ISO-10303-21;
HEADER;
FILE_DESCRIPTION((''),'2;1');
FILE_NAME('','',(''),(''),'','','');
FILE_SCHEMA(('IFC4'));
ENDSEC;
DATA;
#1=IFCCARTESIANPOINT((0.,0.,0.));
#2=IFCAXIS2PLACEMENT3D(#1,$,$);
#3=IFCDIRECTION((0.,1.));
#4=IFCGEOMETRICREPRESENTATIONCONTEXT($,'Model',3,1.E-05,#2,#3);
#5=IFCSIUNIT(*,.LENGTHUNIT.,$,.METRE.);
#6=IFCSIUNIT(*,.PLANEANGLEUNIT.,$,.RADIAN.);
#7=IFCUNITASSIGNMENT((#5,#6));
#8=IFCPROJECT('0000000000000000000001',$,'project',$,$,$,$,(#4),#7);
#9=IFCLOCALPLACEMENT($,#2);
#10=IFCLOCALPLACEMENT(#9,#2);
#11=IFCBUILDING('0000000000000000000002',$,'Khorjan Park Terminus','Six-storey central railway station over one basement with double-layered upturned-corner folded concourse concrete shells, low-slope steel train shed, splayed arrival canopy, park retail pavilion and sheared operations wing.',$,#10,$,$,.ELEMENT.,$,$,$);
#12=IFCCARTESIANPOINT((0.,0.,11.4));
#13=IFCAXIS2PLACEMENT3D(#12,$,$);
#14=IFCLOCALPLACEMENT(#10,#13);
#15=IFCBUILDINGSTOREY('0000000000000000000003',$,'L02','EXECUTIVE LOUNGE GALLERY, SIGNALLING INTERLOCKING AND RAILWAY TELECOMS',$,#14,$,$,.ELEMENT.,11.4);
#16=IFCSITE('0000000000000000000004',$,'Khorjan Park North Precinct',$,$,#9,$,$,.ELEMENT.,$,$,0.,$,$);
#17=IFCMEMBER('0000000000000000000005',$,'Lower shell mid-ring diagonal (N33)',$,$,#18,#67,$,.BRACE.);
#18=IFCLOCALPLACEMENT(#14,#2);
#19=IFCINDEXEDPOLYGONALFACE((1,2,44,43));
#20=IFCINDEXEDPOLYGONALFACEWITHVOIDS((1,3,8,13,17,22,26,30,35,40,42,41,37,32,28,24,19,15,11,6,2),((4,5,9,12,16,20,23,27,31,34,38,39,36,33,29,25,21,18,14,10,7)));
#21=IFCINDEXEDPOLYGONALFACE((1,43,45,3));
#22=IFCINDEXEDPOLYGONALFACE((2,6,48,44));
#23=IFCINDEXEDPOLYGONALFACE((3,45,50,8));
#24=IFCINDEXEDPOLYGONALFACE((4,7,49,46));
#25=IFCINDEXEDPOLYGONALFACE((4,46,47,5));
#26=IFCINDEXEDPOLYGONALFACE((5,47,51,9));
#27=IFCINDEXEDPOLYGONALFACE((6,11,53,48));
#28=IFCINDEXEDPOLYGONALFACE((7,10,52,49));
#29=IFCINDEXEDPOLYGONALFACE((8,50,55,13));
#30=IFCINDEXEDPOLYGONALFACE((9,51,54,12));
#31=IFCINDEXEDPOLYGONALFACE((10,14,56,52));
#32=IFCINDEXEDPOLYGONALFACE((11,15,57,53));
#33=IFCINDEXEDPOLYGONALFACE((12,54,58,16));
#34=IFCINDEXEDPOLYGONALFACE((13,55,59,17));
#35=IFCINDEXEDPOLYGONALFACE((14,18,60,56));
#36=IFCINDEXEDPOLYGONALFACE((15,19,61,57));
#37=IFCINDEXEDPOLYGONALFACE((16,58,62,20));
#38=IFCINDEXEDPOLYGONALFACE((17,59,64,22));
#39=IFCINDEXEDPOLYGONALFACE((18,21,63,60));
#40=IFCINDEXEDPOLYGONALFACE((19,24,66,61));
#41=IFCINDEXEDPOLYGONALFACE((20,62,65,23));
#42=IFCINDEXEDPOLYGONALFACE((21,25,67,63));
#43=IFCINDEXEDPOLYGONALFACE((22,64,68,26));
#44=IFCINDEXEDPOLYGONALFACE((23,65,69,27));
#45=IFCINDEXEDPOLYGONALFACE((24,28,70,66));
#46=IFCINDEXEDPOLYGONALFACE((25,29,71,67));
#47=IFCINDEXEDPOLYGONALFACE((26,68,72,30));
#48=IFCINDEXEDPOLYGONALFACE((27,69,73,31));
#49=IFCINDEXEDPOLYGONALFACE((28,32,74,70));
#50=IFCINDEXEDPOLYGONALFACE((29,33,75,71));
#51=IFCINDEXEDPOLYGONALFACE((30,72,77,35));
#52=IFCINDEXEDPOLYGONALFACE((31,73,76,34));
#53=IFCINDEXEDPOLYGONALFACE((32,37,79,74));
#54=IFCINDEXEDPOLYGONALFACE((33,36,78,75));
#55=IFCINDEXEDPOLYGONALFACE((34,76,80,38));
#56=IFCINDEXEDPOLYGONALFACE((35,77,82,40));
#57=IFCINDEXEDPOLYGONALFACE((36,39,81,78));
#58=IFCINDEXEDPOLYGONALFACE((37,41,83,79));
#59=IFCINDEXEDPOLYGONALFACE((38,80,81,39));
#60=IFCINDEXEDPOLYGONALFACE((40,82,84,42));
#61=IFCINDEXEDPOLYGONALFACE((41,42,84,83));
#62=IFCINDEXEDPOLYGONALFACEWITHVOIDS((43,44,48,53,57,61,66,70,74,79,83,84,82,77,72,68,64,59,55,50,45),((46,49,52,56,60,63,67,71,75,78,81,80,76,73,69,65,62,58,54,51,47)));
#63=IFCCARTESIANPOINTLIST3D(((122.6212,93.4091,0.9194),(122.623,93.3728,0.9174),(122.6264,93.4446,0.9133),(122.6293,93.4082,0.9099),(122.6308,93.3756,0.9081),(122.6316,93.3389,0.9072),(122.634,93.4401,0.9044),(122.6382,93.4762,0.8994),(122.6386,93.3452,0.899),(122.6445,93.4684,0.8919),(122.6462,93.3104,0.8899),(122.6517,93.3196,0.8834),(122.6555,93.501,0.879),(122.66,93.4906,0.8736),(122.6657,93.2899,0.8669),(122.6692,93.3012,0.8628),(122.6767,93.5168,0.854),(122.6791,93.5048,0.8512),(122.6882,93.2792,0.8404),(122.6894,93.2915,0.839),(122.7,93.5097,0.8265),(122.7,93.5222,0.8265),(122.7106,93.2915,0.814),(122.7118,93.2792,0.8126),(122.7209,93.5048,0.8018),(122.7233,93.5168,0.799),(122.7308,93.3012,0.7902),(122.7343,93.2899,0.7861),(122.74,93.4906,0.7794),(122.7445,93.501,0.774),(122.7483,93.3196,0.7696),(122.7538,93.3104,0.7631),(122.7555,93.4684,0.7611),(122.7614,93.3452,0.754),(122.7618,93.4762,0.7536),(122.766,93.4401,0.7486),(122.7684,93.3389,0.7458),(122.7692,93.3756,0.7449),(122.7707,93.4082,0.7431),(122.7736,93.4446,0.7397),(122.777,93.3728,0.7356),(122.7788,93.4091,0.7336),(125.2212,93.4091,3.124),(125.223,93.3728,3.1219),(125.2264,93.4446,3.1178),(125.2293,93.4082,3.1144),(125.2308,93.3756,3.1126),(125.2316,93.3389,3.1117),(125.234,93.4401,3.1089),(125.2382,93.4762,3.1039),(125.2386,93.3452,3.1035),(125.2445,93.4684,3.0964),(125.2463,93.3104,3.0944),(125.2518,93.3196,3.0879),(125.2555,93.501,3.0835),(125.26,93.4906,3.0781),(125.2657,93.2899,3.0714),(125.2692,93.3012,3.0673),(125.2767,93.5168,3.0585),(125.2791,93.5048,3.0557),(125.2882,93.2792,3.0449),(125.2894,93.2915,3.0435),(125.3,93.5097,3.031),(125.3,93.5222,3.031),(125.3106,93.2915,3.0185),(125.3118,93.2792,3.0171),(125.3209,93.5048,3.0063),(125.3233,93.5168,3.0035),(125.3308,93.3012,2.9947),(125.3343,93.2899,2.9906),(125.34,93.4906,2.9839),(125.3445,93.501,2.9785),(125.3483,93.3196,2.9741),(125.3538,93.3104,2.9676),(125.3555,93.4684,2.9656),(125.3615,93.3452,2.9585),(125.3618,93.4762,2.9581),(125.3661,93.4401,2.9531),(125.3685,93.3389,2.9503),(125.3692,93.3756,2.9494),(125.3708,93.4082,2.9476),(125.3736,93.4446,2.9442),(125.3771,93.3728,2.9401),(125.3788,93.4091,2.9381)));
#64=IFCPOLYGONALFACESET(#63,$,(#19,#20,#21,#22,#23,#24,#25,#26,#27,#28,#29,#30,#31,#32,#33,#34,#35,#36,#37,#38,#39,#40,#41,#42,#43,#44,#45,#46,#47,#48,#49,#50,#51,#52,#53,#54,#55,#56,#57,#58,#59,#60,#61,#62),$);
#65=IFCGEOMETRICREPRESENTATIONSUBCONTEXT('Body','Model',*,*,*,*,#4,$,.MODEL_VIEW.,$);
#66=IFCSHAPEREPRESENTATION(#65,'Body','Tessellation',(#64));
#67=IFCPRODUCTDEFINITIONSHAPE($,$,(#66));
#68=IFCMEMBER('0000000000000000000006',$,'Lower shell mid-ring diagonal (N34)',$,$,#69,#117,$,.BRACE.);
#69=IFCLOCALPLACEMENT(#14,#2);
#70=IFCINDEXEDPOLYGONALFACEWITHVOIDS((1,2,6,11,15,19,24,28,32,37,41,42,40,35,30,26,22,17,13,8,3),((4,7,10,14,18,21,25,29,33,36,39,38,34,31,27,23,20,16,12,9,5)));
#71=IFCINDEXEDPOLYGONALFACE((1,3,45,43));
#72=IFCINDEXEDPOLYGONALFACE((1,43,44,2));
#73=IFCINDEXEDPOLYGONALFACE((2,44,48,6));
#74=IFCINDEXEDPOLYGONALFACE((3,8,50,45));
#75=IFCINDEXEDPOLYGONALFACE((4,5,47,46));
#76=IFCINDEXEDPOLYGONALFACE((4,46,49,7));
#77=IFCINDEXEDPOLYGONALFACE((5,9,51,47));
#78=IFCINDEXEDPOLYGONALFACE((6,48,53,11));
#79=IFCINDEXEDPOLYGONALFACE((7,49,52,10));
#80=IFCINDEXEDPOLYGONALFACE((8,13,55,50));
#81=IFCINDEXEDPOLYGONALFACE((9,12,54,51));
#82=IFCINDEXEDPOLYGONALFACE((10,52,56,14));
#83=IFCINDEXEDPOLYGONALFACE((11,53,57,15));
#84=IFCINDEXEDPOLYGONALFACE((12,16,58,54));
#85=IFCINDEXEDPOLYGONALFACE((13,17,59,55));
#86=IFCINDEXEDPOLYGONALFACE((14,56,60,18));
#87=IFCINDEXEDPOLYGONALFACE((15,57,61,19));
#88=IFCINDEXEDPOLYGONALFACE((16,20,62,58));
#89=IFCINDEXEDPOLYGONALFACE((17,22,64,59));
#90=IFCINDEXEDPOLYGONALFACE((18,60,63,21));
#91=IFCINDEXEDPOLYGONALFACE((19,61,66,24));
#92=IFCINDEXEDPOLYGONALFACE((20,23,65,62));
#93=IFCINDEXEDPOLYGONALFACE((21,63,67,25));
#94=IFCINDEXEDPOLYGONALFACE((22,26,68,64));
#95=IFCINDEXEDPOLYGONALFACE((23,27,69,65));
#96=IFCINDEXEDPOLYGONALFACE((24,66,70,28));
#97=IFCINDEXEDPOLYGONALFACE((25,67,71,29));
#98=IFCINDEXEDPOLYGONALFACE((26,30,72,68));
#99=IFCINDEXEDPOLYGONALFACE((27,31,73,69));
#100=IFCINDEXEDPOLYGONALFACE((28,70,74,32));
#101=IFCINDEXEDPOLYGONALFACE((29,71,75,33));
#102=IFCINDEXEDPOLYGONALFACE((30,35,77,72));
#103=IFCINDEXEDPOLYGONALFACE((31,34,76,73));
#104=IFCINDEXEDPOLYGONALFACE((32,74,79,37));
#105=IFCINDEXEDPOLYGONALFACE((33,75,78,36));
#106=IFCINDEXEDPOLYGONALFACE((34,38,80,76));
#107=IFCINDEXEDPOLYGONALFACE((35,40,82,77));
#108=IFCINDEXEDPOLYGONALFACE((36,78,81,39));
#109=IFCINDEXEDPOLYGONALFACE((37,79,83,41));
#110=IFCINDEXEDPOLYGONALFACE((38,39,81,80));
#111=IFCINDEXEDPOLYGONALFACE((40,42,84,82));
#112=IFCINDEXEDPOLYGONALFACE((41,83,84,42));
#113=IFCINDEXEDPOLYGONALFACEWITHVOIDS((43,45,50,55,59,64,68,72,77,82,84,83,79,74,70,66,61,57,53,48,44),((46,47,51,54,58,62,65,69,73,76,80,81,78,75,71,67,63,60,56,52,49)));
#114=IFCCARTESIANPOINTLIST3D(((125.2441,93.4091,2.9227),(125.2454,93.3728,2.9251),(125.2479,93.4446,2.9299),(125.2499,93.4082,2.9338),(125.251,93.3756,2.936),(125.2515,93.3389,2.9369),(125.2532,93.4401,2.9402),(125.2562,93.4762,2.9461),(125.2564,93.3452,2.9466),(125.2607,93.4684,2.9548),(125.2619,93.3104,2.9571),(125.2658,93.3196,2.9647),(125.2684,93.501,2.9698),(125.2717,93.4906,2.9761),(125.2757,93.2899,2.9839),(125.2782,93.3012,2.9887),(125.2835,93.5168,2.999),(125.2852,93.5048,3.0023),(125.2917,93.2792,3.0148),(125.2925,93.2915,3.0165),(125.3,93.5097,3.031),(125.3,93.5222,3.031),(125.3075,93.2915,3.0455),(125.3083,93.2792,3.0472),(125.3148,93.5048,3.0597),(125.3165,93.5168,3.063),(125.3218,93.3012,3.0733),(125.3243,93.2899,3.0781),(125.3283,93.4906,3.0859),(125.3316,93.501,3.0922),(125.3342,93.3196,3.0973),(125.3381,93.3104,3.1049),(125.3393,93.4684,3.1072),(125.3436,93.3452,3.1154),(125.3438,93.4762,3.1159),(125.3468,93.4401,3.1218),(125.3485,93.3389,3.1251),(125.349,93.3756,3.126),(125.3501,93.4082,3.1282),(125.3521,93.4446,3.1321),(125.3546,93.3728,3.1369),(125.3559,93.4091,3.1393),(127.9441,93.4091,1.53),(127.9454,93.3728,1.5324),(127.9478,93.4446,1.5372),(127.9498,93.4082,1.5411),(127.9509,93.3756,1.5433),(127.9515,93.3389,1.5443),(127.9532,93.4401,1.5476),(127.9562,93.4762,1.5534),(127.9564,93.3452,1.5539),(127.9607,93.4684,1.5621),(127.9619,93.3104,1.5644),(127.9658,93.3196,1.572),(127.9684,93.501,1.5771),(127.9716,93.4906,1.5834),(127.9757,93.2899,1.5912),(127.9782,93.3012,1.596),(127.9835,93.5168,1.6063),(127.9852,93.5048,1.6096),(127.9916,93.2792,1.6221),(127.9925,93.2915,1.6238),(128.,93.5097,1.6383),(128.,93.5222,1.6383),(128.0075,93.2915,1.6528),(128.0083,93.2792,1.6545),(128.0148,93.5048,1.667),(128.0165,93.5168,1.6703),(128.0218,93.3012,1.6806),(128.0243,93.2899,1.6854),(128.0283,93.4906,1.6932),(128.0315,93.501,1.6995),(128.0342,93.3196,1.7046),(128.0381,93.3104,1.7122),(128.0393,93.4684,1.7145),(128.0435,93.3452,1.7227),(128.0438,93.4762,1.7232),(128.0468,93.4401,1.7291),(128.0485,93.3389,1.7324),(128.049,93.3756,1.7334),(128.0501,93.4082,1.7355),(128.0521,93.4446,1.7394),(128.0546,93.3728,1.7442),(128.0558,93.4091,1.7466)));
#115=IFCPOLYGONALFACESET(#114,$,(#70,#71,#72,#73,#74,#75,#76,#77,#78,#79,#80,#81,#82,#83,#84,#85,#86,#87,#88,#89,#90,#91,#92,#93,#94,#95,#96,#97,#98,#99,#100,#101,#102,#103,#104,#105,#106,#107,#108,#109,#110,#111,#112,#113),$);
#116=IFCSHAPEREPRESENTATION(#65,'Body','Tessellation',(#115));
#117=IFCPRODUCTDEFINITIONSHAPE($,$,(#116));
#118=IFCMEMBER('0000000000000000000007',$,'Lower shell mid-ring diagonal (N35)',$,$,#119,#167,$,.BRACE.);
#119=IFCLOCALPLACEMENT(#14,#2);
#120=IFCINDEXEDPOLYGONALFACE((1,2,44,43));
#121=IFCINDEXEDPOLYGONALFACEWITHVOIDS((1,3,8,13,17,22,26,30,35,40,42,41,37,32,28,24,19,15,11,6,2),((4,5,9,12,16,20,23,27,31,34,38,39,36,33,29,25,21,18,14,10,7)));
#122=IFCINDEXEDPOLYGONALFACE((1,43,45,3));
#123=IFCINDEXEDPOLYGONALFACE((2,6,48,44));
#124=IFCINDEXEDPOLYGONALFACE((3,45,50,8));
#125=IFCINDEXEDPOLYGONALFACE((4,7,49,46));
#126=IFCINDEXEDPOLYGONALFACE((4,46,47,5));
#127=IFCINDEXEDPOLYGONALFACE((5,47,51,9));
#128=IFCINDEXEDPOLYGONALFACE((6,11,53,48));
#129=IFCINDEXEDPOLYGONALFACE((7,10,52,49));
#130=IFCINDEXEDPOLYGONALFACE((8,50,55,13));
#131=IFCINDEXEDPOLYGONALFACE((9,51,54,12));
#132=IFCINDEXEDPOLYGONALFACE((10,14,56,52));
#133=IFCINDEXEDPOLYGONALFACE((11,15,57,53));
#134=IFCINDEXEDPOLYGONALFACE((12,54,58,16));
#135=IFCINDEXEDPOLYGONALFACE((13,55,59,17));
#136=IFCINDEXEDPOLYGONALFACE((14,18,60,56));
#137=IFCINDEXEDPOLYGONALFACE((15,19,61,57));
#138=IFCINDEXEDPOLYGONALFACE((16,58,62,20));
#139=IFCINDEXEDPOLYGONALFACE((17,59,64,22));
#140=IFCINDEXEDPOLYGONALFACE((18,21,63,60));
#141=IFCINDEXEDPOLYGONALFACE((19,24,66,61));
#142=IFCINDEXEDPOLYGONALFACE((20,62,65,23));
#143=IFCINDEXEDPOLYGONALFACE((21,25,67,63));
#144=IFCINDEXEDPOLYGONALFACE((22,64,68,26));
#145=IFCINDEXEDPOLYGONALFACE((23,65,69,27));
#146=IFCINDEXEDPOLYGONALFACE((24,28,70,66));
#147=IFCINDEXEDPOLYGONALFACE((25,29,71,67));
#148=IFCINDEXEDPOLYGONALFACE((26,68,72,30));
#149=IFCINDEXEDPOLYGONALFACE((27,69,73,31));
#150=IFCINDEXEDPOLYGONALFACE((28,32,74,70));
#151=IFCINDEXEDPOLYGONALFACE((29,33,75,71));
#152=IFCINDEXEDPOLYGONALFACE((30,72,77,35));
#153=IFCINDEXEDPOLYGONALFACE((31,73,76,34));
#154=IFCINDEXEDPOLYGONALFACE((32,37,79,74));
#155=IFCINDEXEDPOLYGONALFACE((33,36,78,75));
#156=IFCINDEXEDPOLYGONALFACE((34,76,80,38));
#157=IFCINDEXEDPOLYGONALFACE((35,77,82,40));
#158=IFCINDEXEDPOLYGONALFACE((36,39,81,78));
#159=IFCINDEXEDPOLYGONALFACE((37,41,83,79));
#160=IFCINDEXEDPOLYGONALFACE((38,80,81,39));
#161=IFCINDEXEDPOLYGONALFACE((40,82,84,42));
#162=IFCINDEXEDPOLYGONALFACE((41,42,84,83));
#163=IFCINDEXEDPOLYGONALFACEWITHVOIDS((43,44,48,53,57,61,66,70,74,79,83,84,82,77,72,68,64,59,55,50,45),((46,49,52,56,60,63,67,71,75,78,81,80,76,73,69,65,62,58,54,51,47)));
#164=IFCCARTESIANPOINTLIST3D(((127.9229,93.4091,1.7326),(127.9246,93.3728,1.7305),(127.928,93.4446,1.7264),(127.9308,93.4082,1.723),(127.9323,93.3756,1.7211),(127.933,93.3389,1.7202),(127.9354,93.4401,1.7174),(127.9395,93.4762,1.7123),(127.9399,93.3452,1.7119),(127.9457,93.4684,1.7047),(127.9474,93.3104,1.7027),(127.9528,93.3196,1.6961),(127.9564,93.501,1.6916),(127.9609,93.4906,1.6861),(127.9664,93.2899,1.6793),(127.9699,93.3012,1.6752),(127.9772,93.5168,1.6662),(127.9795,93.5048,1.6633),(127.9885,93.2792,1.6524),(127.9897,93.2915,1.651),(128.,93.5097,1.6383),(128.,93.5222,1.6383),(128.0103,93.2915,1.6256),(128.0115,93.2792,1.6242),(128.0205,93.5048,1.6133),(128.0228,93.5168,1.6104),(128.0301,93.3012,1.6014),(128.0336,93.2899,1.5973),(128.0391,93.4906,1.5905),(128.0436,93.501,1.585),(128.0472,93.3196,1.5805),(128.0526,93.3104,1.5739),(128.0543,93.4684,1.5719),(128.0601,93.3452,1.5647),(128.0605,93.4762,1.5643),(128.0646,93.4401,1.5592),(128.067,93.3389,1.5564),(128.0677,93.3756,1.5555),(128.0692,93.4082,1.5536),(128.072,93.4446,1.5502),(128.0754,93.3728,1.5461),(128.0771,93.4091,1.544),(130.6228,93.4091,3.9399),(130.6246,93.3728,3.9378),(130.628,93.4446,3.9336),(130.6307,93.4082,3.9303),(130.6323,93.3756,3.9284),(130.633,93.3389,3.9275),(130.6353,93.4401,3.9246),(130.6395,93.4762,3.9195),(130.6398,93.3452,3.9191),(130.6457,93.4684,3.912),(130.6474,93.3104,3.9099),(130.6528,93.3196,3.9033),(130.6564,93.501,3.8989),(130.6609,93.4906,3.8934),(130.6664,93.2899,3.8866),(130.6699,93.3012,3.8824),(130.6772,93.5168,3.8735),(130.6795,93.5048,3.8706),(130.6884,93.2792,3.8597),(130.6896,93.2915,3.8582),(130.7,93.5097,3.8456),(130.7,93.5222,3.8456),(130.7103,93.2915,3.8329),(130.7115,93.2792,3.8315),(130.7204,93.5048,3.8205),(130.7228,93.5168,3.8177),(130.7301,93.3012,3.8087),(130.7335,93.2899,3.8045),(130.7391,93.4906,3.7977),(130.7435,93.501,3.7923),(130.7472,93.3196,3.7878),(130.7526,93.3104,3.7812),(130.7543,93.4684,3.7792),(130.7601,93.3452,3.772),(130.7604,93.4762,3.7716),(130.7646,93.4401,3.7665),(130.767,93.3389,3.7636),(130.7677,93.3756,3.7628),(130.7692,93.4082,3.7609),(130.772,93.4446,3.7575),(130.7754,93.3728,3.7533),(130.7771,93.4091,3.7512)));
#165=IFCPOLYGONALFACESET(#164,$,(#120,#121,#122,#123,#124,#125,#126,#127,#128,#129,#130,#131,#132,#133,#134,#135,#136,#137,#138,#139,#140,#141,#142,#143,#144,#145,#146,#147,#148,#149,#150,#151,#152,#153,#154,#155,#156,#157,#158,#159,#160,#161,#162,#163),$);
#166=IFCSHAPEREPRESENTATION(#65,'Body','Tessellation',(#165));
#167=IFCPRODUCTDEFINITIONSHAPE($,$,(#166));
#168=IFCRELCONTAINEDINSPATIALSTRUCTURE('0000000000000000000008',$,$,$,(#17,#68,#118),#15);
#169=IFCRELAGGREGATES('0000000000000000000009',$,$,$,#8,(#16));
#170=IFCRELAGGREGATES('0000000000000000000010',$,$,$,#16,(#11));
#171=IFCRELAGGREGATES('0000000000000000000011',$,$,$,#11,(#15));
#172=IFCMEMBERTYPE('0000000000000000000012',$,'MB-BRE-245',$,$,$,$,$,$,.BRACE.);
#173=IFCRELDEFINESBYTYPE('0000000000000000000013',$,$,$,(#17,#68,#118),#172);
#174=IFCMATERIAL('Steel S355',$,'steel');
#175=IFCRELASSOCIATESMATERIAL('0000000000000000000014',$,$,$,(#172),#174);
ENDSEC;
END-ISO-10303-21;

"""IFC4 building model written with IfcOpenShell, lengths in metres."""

from ifc_helpers import new_model, si_unit, direction, frame, origin, origin_2d, place, context, subcontext, project, spatial, hollow_circle, extrude, material, material_profile, profile_set, type_object, element, save


model = new_model("IFC4")

# Units and contexts
model_context = context("Model", 3, precision=1e-05, world=origin(), true_north=direction((0.0, 1.0)))
body_context = subcontext(model_context, "Body", "Model", "MODEL_VIEW")
ifc_project = project(units=[si_unit("LENGTHUNIT", "METRE"), si_unit("PLANEANGLEUNIT", "RADIAN")], contexts=[model_context])

# Site, building, storey
site_placement = place(None, origin())
site = spatial("IfcSite", under=ifc_project, at=site_placement, Name="Khorjan Park North Precinct", CompositionType="ELEMENT", RefElevation=0.0)
building_placement = place(site_placement, origin())
building = spatial("IfcBuilding", under=site, at=building_placement, Name="Khorjan Park Terminus", Description="Six-storey central railway station over one basement with double-layered upturned-corner folded concourse concrete shells, low-slope steel train shed, splayed arrival canopy, park retail pavilion and sheared operations wing.", CompositionType="ELEMENT")
storey_placement = place(building_placement, frame((0.0, 0.0, 11.4)))
storey = spatial("IfcBuildingStorey", under=building, at=storey_placement, Name="L02", Description="EXECUTIVE LOUNGE GALLERY, SIGNALLING INTERLOCKING AND RAILWAY TELECOMS", CompositionType="ELEMENT", Elevation=11.4)

# Members
ifc_material_1 = material(Name="Steel S355", Category="steel")
ifc_material_profile_1 = material_profile(ifc_material_1, hollow_circle(Radius=0.1222, WallThickness=0.0125, at=origin_2d()), Name="CHS 244.5x12.5")
ifc_profile_set_1 = profile_set([ifc_material_profile_1], Name="Steel S355")
member_type_1 = type_object("IfcMemberType", Name="MB-BRE-245", PredefinedType="BRACE", material=ifc_profile_set_1)
member_1_placement = place(storey_placement, frame((122.7, 93.4, 0.8265), z_axis=(0.762735, 0.0, 0.646711), x_axis=(0.0, 1.0, 0.0)))
element("IfcMember", 1, at=member_1_placement, inside=storey, type_object=member_type_1, Name="Lower shell mid-ring diagonal (N33)", PredefinedType="BRACE", context=body_context, shape_type="SweptSolid", body=[
    extrude(hollow_circle(Radius=0.1222, WallThickness=0.0125, at=origin_2d()), origin(), (0.0, 0.0, 1.0), 3.4088),
])
member_2_placement = place(storey_placement, frame((125.3, 93.4, 3.031), z_axis=(0.888734, 0.0, -0.458422), x_axis=(0.0, 1.0, 0.0)))
element("IfcMember", 2, at=member_2_placement, inside=storey, type_object=member_type_1, Name="Lower shell mid-ring diagonal (N34)", PredefinedType="BRACE", context=body_context, shape_type="SweptSolid", body=[
    extrude(hollow_circle(Radius=0.1222, WallThickness=0.0125, at=origin_2d()), origin(), (0.0, 0.0, 1.0), 3.038),
])
member_3_placement = place(storey_placement, frame((128.0, 93.4, 1.6383), z_axis=(0.774209, 0.0, 0.63293), x_axis=(0.0, 1.0, 0.0)))
element("IfcMember", 3, at=member_3_placement, inside=storey, type_object=member_type_1, Name="Lower shell mid-ring diagonal (N35)", PredefinedType="BRACE", context=body_context, shape_type="SweptSolid", body=[
    extrude(hollow_circle(Radius=0.1222, WallThickness=0.0125, at=origin_2d()), origin(), (0.0, 0.0, 1.0), 3.4874),
])

save(model, "model.ifc")
